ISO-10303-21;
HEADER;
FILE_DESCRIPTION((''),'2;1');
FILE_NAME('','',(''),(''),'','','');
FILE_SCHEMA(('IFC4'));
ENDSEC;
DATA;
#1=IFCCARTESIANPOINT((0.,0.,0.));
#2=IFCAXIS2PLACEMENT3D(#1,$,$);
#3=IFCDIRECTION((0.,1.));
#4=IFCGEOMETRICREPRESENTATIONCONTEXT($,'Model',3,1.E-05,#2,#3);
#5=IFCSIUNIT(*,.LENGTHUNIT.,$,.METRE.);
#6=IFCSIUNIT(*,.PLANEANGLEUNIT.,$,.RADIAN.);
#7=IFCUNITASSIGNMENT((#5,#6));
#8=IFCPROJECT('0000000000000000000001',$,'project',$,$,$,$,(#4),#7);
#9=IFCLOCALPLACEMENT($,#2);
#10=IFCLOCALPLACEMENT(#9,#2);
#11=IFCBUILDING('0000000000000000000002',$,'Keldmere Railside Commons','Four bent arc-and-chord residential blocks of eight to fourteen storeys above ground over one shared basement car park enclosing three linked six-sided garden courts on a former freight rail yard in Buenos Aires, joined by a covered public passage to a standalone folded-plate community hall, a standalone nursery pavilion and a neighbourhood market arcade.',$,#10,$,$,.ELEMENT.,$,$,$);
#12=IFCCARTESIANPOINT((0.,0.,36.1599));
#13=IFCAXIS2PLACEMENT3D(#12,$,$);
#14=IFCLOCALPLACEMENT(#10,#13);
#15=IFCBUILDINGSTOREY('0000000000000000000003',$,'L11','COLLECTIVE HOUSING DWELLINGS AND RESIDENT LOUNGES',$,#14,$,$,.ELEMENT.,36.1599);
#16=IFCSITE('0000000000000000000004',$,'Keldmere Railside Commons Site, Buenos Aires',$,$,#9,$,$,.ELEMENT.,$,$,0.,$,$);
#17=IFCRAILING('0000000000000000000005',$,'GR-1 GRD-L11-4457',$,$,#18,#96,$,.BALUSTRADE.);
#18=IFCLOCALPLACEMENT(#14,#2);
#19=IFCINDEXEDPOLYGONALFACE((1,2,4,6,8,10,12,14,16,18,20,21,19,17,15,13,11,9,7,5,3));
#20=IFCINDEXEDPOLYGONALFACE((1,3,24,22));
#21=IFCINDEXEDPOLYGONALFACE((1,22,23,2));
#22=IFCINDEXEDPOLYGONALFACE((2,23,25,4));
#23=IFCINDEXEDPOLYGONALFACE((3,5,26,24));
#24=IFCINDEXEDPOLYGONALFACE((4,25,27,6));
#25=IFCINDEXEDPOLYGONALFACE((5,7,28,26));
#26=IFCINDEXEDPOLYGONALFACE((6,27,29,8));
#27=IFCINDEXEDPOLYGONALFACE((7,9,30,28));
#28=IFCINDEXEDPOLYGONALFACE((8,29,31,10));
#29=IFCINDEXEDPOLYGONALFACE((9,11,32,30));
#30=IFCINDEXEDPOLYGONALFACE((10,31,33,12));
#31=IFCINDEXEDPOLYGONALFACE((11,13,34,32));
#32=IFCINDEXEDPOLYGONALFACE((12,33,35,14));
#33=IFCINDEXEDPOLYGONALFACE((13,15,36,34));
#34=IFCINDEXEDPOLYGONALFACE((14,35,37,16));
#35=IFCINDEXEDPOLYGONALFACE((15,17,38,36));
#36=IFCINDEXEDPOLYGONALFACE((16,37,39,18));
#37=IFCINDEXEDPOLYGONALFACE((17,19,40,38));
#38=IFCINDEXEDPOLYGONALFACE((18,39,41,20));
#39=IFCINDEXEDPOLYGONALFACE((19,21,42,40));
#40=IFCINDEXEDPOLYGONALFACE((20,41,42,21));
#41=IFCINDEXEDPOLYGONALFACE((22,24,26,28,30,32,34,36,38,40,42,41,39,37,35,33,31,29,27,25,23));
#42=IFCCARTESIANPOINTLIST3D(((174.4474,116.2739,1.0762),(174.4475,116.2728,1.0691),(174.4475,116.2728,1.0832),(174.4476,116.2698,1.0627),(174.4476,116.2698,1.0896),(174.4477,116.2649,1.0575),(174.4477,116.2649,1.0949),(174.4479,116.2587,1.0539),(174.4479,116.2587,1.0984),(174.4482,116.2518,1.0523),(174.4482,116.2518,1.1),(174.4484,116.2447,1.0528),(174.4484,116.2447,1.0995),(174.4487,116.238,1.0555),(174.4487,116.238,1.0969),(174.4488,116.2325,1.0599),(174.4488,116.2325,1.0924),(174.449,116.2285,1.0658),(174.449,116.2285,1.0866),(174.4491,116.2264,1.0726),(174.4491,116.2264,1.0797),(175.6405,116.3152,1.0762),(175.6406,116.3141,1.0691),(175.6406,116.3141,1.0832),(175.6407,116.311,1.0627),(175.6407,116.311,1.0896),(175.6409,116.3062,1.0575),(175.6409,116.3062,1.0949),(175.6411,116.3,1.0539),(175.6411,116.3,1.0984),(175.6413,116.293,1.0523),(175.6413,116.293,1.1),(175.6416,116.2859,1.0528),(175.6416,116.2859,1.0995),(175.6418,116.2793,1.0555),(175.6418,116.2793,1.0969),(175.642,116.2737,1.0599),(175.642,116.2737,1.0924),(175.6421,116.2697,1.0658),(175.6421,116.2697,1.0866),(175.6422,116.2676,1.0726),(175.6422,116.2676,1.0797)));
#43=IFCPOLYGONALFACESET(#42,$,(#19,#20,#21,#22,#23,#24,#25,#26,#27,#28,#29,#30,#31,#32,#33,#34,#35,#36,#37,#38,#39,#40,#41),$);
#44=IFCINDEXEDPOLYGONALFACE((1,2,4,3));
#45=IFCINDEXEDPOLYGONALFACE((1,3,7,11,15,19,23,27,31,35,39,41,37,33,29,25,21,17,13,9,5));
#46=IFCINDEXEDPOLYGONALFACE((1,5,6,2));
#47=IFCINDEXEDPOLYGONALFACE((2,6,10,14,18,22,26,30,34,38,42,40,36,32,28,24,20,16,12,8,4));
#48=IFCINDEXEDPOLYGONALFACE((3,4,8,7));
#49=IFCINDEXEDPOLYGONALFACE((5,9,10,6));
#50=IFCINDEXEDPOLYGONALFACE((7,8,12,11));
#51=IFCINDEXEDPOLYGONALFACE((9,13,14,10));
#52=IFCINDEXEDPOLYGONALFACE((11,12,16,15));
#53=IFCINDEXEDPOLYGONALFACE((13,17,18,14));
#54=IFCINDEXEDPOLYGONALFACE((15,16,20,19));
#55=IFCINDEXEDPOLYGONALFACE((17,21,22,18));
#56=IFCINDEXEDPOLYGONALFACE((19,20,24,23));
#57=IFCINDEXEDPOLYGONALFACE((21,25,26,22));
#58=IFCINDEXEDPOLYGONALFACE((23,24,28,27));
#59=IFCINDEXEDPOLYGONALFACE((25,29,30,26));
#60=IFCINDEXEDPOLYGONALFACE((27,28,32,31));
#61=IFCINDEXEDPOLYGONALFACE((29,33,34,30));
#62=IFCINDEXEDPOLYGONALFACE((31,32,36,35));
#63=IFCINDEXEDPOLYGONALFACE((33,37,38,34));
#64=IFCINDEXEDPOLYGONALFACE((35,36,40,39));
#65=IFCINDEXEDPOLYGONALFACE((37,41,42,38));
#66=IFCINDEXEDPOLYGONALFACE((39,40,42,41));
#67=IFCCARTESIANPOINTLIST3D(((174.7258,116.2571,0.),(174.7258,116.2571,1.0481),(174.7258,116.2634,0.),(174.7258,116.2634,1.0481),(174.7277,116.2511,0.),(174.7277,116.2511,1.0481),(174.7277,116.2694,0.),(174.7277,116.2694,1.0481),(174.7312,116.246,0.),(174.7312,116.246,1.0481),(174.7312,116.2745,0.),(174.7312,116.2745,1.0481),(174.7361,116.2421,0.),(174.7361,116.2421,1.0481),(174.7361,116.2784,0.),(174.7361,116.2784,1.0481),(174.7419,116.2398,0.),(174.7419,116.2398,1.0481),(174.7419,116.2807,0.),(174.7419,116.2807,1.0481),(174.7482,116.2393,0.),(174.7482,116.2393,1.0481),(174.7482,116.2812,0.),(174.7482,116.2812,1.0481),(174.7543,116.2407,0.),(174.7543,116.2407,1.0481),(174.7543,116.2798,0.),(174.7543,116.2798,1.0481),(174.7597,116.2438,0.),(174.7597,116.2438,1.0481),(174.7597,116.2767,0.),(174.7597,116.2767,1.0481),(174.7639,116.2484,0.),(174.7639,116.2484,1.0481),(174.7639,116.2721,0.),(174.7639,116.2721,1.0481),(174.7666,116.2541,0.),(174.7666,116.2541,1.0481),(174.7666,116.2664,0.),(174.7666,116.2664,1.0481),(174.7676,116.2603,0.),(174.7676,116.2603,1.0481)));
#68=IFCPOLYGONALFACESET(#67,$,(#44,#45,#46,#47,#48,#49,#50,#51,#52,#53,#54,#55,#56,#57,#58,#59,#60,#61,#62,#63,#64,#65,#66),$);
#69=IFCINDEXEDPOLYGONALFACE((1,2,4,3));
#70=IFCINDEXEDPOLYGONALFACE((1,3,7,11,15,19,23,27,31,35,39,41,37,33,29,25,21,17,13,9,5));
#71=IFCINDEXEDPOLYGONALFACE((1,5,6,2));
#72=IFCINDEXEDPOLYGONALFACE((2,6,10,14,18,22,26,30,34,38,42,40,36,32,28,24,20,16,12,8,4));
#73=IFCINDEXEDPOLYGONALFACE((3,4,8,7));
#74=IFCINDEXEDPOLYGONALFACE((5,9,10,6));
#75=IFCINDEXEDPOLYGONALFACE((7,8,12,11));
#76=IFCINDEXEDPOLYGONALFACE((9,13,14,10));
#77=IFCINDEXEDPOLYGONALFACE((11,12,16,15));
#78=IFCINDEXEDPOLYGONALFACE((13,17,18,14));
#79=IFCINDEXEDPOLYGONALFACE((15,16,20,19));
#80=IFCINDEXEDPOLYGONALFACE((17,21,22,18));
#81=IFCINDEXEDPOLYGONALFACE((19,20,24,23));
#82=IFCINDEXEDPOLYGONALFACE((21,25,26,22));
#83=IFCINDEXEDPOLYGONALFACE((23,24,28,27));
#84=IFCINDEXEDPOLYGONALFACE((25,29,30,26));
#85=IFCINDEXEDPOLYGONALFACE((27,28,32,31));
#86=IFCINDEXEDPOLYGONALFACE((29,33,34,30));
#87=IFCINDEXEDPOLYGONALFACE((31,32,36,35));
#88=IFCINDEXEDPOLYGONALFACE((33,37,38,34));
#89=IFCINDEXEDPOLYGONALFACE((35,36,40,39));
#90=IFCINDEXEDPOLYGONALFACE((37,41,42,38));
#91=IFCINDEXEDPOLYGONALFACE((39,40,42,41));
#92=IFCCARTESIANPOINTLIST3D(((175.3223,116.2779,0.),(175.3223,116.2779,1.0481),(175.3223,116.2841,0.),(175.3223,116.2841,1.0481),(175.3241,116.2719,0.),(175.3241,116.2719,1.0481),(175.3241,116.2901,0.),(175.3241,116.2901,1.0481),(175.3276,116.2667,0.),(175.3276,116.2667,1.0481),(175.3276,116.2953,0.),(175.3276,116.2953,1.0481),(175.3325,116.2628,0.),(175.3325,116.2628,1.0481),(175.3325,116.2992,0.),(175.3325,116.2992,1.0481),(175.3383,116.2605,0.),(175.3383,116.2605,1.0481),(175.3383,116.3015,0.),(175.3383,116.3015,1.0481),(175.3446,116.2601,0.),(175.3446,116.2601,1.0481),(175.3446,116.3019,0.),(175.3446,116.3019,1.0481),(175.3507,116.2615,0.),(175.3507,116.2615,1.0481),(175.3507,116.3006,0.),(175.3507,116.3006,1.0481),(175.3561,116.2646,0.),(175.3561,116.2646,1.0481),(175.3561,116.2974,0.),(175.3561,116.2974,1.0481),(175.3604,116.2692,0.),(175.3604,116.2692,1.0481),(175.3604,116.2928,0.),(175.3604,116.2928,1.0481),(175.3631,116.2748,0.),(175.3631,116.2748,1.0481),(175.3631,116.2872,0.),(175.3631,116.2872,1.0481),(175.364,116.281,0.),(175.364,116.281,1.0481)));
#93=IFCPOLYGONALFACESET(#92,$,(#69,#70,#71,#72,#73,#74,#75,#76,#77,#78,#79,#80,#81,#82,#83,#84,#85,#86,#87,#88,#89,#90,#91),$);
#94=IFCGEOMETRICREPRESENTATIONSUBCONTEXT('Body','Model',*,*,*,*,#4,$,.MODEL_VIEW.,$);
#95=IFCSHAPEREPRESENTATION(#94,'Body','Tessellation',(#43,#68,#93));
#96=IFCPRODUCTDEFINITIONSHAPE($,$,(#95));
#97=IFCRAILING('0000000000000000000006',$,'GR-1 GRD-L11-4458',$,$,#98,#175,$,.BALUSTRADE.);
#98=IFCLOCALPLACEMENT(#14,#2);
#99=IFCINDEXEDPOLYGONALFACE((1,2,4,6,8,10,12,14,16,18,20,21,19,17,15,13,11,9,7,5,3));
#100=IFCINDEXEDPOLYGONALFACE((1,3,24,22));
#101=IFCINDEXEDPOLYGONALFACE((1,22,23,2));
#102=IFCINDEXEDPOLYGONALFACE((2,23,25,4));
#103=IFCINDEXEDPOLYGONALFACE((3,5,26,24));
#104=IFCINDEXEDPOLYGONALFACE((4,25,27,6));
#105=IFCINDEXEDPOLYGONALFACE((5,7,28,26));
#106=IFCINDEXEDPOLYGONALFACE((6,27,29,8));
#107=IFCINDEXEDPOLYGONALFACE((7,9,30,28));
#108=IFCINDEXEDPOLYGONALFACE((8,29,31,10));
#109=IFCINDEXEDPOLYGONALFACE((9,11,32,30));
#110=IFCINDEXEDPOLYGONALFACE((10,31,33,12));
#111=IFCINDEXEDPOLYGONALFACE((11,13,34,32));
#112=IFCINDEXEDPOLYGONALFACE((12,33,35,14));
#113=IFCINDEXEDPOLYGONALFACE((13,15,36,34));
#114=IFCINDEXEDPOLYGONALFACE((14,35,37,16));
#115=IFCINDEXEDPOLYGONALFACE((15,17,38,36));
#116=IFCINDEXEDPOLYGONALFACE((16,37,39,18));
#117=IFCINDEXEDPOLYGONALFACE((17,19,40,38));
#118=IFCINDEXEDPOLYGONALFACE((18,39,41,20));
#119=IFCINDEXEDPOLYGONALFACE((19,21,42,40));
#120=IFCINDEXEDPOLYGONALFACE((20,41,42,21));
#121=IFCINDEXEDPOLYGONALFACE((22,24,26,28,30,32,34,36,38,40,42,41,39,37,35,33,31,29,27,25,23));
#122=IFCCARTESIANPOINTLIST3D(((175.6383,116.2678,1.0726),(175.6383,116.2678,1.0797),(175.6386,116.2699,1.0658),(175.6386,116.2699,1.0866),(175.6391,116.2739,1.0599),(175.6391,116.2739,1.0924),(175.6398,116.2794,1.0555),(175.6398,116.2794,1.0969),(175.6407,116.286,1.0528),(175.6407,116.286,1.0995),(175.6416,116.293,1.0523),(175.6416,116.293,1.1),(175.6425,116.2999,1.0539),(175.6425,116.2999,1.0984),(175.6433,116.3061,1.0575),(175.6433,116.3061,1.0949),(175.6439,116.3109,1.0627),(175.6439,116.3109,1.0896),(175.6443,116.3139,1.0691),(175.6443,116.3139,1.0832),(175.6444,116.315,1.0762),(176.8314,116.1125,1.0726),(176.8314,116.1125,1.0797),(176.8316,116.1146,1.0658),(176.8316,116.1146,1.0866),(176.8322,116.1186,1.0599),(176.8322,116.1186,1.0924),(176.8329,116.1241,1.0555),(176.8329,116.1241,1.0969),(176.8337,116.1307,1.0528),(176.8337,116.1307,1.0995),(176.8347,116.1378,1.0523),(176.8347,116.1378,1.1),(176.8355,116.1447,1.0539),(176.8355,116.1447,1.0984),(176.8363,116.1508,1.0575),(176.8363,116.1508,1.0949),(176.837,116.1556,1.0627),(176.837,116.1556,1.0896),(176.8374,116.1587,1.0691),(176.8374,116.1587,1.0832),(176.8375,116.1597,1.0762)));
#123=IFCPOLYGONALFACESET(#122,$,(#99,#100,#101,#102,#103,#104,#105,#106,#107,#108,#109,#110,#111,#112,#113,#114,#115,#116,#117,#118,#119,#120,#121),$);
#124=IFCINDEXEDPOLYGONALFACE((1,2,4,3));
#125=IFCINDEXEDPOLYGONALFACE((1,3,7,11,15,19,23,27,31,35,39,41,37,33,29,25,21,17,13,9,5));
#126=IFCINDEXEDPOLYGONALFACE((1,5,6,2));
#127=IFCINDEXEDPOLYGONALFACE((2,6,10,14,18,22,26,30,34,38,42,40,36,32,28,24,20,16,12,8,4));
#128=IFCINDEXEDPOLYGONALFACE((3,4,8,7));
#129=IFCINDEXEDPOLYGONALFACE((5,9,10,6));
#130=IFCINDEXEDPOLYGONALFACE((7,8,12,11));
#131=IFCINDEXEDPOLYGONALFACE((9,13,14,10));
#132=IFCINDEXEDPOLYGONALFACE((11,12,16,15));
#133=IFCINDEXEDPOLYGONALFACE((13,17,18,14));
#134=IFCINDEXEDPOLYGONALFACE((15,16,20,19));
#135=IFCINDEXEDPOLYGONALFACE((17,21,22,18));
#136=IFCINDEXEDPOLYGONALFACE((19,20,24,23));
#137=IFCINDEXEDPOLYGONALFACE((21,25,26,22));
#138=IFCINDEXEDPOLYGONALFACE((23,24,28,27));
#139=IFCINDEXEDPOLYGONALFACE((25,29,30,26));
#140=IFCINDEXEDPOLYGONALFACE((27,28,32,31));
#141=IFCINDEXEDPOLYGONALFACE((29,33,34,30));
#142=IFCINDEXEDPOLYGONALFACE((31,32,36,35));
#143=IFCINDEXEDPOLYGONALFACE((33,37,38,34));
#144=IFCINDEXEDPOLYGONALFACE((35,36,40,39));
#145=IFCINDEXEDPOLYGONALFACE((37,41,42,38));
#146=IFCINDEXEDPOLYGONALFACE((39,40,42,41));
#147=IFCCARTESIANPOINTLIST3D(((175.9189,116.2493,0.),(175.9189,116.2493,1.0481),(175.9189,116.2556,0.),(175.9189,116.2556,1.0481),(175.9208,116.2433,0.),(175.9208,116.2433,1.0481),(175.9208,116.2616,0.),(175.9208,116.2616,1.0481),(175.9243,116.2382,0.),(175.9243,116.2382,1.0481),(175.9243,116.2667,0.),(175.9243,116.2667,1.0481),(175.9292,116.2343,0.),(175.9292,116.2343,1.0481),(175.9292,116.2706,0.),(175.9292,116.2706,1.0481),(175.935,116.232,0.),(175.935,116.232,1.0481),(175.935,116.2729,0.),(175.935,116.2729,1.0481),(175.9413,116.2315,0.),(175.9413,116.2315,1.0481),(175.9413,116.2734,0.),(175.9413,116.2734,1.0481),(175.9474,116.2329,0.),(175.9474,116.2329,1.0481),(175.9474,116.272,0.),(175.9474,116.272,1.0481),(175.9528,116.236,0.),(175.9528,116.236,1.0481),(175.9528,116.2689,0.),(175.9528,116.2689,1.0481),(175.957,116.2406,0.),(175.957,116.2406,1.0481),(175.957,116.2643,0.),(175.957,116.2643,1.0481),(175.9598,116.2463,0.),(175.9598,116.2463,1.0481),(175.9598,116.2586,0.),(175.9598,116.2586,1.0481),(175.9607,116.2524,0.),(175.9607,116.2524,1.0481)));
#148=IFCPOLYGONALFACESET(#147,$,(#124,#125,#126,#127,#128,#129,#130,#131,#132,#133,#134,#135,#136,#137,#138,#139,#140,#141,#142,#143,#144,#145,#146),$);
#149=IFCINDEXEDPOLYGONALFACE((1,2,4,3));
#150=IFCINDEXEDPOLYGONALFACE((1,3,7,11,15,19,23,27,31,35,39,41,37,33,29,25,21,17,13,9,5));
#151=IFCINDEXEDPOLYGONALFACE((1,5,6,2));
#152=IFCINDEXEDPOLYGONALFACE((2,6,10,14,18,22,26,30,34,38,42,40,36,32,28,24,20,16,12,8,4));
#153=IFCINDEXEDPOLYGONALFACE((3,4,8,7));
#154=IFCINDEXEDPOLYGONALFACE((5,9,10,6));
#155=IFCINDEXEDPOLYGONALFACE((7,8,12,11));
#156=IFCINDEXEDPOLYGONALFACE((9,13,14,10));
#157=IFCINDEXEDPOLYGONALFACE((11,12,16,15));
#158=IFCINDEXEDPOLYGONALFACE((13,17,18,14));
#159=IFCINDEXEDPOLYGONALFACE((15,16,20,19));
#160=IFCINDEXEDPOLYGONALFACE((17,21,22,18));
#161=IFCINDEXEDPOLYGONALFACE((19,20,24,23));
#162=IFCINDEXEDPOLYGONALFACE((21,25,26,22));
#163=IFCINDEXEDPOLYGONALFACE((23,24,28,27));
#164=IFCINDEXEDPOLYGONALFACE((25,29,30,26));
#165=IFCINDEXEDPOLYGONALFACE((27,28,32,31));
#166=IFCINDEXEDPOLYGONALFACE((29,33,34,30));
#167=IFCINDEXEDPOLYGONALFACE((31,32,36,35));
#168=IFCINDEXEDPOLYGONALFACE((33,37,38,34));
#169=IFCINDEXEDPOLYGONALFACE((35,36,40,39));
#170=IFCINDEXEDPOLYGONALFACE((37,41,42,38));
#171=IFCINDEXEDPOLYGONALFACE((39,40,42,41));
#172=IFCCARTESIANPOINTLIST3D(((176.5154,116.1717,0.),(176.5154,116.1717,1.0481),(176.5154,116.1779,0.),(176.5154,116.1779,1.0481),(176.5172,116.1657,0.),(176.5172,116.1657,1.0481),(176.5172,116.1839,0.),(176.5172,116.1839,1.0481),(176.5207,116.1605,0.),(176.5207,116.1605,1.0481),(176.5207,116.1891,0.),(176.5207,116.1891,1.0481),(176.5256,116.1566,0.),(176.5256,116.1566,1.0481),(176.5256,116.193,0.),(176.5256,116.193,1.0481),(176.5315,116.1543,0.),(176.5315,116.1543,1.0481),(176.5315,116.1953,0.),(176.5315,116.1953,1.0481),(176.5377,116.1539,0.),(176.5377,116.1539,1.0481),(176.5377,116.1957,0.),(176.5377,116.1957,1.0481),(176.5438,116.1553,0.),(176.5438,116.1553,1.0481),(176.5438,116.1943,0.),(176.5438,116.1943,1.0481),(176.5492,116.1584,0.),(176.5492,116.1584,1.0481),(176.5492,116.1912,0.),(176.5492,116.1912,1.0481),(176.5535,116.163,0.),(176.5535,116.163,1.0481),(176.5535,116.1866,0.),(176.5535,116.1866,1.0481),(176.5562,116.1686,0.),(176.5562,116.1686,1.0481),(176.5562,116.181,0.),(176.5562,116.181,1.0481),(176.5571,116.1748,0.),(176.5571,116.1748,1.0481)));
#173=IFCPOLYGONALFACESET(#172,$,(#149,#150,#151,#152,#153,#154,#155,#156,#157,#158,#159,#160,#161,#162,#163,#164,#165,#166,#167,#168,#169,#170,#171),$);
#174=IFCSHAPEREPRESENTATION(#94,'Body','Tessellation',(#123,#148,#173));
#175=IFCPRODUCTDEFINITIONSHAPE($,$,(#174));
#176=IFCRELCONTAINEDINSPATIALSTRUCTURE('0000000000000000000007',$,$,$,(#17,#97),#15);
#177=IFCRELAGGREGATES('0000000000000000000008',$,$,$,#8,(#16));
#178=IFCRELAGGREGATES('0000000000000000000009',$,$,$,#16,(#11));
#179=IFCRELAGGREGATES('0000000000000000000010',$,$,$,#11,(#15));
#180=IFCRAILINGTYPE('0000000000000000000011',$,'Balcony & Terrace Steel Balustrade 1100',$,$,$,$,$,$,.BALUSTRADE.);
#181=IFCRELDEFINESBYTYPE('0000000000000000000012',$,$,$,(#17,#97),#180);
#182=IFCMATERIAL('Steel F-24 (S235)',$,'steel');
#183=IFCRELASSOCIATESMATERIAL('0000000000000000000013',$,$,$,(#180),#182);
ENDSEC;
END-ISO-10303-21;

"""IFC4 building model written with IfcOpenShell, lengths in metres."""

from ifc_helpers import new_model, si_unit, direction, frame, origin, origin_2d, place, context, subcontext, project, spatial, circle, extrude, material, type_object, element, save


model = new_model("IFC4")

# Units and contexts
model_context = context("Model", 3, precision=1e-05, world=origin(), true_north=direction((0.0, 1.0)))
body_context = subcontext(model_context, "Body", "Model", "MODEL_VIEW")
ifc_project = project(units=[si_unit("LENGTHUNIT", "METRE"), si_unit("PLANEANGLEUNIT", "RADIAN")], contexts=[model_context])

# Site, building, storey
site_placement = place(None, origin())
site = spatial("IfcSite", under=ifc_project, at=site_placement, Name="Keldmere Railside Commons Site, Buenos Aires", CompositionType="ELEMENT", RefElevation=0.0)
building_placement = place(site_placement, origin())
building = spatial("IfcBuilding", under=site, at=building_placement, Name="Keldmere Railside Commons", Description="Four bent arc-and-chord residential blocks of eight to fourteen storeys above ground over one shared basement car park enclosing three linked six-sided garden courts on a former freight rail yard in Buenos Aires, joined by a covered public passage to a standalone folded-plate community hall, a standalone nursery pavilion and a neighbourhood market arcade.", CompositionType="ELEMENT")
storey_placement = place(building_placement, frame((0.0, 0.0, 36.1599)))
storey = spatial("IfcBuildingStorey", under=building, at=storey_placement, Name="L11", Description="COLLECTIVE HOUSING DWELLINGS AND RESIDENT LOUNGES", CompositionType="ELEMENT", Elevation=36.1599)

# Railings
ifc_material_1 = material(Name="Steel F-24 (S235)", Category="steel")
railing_type = type_object("IfcRailingType", Name="Balcony & Terrace Steel Balustrade 1100", PredefinedType="BALUSTRADE", material=ifc_material_1)
railing_1_placement = place(storey_placement, frame((174.4482, 116.25, 0.0)))
element("IfcRailing", 1, at=railing_1_placement, inside=storey, type_object=railing_type, Name="GR-1 GRD-L11-4457", PredefinedType="BALUSTRADE", context=body_context, shape_type="SweptSolid", body=[
    extrude(circle(Radius=0.0239, at=origin_2d()), frame((0.0, 0.0, 1.0762), z_axis=(0.999403, 0.034561, 0.0), x_axis=(-0.034561, 0.999403, 0.0)), (0.0, 0.0, 1.0), 1.1938),
    extrude(circle(Radius=0.021, at=origin_2d()), frame((0.2983, 0.0103, 0.0)), (0.0, 0.0, 1.0), 1.0481),
    extrude(circle(Radius=0.021, at=origin_2d()), frame((0.8948, 0.031, 0.0)), (0.0, 0.0, 1.0), 1.0481),
])
railing_2_placement = place(storey_placement, frame((175.6414, 116.2913, 0.0)))
element("IfcRailing", 2, at=railing_2_placement, inside=storey, type_object=railing_type, Name="GR-1 GRD-L11-4458", PredefinedType="BALUSTRADE", context=body_context, shape_type="SweptSolid", body=[
    extrude(circle(Radius=0.0239, at=origin_2d()), frame((0.0, 0.0, 1.0762), z_axis=(0.991638, -0.129053, 0.0), x_axis=(0.129053, 0.991638, 0.0)), (0.0, 0.0, 1.0), 1.2031),
    extrude(circle(Radius=0.021, at=origin_2d()), frame((0.2983, -0.0388, 0.0)), (0.0, 0.0, 1.0), 1.0481),
    extrude(circle(Radius=0.021, at=origin_2d()), frame((0.8948, -0.1165, 0.0)), (0.0, 0.0, 1.0), 1.0481),
])

save(model, "model.ifc")
